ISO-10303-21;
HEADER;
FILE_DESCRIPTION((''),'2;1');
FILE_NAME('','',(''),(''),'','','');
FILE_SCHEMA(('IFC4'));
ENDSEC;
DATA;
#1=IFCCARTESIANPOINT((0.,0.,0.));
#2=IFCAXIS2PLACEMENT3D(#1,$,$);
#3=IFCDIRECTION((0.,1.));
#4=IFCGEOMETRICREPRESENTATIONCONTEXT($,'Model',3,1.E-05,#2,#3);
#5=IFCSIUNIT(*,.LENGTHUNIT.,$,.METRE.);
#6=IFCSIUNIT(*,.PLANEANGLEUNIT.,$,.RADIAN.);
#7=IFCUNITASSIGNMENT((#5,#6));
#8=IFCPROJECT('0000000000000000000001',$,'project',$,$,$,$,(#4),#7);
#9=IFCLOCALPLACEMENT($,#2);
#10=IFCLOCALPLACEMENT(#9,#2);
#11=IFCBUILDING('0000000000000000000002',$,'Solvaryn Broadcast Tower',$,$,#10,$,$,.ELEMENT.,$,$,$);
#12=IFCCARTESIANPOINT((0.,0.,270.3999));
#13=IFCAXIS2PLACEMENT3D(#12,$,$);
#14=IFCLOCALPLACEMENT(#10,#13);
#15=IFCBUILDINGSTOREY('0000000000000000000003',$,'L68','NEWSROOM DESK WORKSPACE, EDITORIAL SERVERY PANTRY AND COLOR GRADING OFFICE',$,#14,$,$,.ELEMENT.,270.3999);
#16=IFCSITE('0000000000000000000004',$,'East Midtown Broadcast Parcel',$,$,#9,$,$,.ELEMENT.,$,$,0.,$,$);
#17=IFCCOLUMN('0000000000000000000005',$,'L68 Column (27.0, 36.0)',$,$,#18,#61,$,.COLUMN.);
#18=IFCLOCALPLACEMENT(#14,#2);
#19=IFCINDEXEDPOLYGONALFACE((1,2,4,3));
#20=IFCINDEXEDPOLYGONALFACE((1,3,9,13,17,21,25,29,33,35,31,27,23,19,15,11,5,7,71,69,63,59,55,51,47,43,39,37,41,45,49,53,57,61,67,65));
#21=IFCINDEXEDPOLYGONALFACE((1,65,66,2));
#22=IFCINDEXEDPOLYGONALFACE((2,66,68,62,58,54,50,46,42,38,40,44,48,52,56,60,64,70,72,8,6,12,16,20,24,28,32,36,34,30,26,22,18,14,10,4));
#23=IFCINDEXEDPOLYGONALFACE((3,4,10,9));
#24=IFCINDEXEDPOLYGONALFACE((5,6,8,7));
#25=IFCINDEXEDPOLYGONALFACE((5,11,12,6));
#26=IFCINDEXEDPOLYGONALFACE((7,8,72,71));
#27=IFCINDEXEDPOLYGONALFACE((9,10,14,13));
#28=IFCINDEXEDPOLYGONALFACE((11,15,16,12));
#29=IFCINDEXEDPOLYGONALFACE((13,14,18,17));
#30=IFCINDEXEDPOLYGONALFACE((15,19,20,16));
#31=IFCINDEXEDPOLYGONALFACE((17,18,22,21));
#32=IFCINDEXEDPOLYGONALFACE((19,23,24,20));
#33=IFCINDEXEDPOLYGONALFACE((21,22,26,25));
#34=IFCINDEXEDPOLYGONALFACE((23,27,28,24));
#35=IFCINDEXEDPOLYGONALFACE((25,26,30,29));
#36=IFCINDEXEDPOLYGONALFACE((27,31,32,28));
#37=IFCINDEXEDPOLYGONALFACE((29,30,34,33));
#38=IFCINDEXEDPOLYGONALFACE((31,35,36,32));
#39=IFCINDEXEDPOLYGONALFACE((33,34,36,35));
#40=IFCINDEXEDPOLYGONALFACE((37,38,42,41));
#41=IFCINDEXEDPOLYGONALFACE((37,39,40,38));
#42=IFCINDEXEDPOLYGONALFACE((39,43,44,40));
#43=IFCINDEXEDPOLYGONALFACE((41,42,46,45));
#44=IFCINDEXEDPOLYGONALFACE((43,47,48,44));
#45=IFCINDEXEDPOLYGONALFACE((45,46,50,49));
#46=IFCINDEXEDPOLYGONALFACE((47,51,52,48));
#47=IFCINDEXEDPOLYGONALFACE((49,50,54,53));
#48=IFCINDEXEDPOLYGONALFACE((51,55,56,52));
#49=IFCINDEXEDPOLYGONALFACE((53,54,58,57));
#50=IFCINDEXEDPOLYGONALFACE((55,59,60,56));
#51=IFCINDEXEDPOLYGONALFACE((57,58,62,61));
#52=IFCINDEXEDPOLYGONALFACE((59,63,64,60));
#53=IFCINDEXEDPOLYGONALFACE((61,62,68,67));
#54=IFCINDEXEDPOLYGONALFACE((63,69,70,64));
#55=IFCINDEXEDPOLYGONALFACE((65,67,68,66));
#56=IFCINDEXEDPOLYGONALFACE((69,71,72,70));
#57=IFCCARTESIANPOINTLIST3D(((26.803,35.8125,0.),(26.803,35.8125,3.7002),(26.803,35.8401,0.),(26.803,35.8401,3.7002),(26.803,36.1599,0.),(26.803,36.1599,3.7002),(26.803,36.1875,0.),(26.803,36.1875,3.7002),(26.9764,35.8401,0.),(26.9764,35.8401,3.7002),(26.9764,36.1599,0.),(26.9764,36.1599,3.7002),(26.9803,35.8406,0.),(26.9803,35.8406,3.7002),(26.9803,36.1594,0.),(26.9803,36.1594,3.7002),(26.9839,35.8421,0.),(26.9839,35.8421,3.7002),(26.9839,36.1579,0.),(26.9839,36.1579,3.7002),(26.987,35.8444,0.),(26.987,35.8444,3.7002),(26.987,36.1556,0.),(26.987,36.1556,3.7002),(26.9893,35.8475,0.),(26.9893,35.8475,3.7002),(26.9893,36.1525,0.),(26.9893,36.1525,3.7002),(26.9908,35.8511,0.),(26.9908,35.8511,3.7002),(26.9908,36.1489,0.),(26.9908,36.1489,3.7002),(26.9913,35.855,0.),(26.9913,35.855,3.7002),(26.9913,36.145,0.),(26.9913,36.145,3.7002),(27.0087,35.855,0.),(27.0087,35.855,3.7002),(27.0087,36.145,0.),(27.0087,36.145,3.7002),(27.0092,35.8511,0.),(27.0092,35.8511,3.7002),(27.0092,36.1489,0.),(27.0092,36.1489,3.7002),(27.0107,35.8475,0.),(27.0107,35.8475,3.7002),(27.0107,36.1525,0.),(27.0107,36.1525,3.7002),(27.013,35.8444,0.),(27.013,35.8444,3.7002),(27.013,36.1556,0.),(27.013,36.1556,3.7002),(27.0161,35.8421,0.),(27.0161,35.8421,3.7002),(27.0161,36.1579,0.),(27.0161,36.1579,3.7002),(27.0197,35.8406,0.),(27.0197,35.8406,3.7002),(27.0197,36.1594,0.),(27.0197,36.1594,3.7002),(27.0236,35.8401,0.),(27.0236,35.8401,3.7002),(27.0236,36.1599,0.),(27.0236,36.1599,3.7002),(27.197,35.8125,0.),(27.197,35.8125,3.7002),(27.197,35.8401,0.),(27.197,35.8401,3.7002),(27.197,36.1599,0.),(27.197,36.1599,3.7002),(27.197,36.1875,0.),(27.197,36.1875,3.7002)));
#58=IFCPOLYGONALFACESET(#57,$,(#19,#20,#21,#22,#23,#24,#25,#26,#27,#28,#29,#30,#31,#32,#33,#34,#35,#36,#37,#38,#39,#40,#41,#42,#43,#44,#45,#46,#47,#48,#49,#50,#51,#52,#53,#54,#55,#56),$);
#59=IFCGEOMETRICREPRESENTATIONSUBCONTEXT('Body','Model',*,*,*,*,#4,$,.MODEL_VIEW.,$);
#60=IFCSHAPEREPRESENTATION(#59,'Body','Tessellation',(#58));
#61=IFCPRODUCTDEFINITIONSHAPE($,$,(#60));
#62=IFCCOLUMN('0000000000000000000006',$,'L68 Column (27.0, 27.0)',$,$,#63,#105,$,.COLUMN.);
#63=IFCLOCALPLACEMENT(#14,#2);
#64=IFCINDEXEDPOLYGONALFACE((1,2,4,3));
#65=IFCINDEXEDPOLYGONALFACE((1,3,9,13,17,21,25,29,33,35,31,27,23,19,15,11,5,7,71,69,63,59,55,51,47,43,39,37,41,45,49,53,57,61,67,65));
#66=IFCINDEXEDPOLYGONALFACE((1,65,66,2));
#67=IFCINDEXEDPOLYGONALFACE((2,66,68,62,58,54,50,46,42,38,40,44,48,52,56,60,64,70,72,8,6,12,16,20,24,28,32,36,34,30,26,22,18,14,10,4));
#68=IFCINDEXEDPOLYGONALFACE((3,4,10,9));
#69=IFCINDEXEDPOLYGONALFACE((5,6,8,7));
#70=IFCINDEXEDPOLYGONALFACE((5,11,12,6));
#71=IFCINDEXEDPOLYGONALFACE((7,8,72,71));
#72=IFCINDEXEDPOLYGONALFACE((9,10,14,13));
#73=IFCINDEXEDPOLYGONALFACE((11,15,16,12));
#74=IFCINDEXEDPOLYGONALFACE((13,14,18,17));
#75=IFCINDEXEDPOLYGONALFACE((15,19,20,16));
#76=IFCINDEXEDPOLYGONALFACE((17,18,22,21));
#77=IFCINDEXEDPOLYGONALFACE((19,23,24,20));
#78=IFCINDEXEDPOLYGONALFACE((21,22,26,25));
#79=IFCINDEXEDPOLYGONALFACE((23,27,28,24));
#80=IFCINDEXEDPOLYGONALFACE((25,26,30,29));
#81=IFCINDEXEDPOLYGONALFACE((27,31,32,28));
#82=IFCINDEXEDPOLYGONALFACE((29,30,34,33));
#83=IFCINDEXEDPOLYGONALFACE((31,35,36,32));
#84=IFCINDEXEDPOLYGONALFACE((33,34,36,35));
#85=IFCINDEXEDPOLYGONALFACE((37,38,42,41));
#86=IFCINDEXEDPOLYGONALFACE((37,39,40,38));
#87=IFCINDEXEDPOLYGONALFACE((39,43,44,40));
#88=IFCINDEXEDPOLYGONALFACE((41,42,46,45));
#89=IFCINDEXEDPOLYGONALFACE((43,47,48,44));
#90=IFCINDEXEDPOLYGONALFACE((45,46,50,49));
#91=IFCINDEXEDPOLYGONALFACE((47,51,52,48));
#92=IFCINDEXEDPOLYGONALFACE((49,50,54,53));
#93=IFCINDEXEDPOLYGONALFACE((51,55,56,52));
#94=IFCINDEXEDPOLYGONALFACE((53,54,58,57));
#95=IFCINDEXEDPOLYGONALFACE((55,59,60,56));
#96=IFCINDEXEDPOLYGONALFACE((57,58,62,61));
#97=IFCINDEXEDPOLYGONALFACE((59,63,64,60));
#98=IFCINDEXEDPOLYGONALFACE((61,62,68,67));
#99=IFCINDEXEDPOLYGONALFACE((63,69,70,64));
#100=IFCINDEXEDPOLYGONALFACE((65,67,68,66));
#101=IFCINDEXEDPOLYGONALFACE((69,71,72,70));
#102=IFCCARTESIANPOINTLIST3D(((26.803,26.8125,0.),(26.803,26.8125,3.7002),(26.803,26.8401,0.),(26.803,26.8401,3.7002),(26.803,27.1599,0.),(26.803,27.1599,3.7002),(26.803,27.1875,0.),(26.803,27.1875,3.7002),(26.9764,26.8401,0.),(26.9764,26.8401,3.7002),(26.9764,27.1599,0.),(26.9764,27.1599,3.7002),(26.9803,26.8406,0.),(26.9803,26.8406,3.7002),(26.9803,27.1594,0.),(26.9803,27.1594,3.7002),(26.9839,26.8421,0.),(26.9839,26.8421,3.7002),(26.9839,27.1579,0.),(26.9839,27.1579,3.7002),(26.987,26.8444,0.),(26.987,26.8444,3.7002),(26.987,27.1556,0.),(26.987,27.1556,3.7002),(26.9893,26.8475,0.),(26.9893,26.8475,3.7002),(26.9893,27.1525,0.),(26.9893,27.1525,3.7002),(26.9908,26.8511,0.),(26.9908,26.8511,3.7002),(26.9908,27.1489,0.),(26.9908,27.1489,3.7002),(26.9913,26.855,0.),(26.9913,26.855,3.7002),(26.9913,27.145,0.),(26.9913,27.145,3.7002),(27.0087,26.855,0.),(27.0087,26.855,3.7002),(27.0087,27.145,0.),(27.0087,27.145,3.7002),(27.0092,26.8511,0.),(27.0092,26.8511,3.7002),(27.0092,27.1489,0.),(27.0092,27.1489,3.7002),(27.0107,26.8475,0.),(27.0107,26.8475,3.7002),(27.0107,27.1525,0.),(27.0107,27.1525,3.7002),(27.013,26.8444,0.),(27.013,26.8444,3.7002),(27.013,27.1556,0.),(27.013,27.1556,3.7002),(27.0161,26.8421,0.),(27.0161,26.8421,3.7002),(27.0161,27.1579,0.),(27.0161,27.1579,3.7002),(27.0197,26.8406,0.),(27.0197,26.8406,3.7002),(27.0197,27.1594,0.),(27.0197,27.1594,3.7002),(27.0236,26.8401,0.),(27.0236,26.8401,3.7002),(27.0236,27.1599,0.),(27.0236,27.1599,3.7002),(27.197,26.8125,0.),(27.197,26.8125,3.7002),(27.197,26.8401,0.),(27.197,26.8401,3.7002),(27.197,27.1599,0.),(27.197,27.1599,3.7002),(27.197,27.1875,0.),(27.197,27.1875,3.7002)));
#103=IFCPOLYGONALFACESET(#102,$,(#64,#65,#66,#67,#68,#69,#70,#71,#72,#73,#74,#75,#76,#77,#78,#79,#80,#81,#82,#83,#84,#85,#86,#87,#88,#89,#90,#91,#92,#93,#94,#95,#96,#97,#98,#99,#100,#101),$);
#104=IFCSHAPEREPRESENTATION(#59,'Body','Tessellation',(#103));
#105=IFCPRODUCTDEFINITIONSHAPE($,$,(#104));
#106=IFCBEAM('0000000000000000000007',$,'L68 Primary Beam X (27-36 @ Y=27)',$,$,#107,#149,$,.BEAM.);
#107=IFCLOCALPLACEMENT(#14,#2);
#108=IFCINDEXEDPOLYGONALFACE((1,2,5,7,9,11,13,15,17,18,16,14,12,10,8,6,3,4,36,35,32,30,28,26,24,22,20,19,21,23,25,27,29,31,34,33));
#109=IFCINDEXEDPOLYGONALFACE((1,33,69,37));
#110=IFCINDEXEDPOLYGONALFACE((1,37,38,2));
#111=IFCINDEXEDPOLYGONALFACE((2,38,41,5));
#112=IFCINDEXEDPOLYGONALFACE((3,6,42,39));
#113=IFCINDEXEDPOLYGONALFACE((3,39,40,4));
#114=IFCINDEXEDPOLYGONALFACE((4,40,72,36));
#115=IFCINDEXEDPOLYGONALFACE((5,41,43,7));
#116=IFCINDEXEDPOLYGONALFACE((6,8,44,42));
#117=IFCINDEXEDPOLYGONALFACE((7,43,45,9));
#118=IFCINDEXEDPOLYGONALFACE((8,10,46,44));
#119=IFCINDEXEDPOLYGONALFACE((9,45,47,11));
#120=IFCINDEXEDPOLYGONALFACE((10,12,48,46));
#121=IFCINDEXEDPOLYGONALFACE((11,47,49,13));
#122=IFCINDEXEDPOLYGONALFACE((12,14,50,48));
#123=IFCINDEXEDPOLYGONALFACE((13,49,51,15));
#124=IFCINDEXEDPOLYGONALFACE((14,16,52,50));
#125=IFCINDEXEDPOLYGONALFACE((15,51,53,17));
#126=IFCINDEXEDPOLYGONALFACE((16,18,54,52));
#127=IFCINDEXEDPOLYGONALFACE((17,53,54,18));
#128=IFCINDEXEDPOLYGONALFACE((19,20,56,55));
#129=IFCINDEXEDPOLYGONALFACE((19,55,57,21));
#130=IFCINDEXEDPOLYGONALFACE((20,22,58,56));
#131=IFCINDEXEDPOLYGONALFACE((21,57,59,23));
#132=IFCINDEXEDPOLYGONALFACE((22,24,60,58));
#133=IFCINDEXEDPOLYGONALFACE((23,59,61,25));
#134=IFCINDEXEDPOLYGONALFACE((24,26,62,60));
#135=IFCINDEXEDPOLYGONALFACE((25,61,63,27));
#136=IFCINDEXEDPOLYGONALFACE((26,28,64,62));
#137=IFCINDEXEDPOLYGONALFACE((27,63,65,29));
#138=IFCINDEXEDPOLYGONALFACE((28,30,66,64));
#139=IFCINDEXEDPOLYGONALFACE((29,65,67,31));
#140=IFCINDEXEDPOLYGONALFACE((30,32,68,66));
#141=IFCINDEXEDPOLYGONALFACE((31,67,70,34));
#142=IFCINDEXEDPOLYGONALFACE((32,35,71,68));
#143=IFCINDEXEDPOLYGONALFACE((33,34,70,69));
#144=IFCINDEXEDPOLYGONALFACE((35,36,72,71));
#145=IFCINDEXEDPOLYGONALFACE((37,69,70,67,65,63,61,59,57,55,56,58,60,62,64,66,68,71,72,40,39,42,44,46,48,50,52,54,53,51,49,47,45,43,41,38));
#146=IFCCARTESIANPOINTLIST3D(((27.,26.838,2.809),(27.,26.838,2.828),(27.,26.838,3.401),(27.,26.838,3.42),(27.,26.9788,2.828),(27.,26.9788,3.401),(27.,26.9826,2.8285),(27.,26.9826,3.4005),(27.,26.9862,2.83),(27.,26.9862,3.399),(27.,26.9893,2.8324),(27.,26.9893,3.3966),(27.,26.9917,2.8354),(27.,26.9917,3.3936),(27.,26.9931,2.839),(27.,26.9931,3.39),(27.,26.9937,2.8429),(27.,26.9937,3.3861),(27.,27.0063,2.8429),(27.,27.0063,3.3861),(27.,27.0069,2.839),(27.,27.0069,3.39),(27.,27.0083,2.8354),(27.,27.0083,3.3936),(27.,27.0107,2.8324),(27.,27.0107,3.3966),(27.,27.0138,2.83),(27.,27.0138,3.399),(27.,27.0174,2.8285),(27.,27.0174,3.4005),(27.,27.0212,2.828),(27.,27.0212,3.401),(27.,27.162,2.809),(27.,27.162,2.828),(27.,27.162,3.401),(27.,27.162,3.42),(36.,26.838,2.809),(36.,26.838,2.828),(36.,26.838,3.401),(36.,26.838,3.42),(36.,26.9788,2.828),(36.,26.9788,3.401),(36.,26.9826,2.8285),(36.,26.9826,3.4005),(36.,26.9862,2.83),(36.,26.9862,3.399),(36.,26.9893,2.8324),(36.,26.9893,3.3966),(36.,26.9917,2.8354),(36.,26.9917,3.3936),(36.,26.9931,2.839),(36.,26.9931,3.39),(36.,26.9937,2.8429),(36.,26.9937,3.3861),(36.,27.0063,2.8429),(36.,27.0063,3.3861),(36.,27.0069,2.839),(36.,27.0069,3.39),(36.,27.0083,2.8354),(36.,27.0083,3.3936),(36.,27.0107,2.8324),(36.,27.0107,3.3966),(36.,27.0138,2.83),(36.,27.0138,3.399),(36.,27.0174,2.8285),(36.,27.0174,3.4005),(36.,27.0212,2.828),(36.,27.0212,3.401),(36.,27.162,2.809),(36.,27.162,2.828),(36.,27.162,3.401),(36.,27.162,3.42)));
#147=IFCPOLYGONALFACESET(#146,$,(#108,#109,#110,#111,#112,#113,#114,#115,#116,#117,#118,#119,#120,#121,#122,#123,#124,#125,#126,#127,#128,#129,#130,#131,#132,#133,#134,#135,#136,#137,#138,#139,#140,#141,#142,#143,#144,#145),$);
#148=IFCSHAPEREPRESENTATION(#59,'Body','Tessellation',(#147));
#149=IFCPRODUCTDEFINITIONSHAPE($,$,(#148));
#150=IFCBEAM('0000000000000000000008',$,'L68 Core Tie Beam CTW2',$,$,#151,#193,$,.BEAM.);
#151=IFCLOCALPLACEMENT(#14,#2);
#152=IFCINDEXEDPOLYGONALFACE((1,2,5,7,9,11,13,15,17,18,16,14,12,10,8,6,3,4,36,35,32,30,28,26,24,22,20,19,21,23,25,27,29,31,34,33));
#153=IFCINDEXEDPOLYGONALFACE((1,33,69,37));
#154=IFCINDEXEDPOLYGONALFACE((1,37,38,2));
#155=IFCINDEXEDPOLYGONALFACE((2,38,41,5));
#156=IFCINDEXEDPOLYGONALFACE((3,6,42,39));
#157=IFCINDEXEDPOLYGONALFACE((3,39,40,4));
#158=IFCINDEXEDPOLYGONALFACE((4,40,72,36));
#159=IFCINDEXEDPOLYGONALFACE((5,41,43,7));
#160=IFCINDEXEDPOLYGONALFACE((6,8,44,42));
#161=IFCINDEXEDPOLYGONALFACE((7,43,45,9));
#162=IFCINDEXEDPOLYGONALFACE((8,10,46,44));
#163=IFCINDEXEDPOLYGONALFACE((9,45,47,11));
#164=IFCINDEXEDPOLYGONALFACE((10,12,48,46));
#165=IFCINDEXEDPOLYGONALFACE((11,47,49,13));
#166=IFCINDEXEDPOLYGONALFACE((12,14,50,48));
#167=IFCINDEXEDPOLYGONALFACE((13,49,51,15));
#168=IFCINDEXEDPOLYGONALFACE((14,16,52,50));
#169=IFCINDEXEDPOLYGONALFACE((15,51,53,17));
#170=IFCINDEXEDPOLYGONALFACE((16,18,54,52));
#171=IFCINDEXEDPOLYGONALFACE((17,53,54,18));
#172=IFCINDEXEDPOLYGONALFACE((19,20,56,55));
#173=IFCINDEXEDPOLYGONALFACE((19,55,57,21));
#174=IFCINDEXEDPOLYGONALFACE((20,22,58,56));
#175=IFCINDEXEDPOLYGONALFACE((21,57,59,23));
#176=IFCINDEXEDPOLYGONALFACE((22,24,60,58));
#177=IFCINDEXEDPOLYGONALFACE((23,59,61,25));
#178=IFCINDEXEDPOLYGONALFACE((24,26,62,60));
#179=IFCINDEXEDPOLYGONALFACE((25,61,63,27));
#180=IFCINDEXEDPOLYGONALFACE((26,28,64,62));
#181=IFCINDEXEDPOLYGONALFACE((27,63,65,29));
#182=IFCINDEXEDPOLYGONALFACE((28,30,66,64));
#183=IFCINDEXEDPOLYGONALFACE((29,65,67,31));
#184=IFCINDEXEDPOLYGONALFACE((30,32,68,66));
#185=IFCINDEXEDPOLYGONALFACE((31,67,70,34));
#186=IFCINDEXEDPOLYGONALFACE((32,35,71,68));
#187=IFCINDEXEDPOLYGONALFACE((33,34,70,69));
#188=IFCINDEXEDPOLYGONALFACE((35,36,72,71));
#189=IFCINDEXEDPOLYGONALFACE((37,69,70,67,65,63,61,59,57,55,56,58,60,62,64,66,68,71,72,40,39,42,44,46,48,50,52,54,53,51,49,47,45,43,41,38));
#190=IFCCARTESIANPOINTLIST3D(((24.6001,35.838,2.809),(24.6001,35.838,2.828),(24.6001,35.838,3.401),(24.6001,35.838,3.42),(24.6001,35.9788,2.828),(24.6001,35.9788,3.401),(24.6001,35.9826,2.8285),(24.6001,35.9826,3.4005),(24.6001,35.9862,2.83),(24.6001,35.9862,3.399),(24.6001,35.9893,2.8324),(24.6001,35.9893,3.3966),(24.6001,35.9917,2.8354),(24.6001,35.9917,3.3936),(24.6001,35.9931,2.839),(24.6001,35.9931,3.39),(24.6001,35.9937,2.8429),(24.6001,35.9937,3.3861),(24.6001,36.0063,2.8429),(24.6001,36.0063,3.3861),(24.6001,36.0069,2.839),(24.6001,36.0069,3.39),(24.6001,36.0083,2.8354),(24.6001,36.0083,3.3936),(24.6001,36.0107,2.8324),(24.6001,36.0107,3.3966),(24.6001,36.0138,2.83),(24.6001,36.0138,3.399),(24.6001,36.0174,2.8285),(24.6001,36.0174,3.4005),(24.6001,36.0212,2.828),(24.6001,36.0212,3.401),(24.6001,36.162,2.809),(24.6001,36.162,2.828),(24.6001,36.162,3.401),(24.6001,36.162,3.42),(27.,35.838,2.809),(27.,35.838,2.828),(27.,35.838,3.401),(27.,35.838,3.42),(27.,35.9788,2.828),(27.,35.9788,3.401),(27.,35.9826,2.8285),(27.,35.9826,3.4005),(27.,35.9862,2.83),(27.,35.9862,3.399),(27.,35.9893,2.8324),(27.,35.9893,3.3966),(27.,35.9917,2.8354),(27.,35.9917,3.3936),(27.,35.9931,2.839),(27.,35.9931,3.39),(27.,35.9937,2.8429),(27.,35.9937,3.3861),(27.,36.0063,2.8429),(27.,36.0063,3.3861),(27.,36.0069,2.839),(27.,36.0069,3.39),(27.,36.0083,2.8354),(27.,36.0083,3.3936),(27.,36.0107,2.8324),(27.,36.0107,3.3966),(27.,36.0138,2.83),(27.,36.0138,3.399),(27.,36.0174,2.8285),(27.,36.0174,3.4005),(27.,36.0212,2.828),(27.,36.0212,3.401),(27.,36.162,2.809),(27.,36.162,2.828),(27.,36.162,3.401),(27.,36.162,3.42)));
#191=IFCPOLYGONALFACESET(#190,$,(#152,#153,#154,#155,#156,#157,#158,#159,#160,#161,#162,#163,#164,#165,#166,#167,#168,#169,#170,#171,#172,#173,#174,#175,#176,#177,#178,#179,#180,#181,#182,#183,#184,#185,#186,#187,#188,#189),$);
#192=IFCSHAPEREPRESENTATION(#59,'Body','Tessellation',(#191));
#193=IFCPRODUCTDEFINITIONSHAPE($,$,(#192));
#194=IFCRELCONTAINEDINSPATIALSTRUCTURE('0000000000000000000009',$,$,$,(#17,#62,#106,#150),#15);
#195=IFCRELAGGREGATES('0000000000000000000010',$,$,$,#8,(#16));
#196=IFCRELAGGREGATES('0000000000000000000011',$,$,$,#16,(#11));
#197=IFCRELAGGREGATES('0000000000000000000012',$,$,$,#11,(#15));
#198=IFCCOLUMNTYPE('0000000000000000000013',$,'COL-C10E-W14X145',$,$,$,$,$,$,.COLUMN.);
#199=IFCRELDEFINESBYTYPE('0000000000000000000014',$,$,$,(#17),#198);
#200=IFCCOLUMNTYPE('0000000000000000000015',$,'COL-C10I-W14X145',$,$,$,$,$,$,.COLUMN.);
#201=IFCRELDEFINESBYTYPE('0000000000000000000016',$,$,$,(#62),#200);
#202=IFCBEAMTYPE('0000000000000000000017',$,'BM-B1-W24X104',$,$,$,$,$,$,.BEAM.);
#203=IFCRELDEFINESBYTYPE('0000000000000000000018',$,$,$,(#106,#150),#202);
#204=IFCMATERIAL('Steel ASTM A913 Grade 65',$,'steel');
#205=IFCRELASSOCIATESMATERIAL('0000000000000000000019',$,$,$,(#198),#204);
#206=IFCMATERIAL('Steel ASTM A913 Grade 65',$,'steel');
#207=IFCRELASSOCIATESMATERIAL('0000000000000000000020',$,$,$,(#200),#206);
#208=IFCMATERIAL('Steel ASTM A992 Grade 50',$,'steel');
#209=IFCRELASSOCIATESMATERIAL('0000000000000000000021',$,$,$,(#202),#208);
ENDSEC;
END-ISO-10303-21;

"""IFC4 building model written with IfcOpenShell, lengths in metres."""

from ifc_helpers import new_model, si_unit, direction, frame, origin, origin_2d, place, context, subcontext, project, spatial, i_section, extrude, material, material_profile, profile_set, type_object, element, save


model = new_model("IFC4")

# Units and contexts
model_context = context("Model", 3, precision=1e-05, world=origin(), true_north=direction((0.0, 1.0)))
body_context = subcontext(model_context, "Body", "Model", "MODEL_VIEW")
ifc_project = project(units=[si_unit("LENGTHUNIT", "METRE"), si_unit("PLANEANGLEUNIT", "RADIAN")], contexts=[model_context])

# Site, building, storey
site_placement = place(None, origin())
site = spatial("IfcSite", under=ifc_project, at=site_placement, Name="East Midtown Broadcast Parcel", CompositionType="ELEMENT", RefElevation=0.0)
building_placement = place(site_placement, origin())
building = spatial("IfcBuilding", under=site, at=building_placement, Name="Solvaryn Broadcast Tower", CompositionType="ELEMENT")
storey_placement = place(building_placement, frame((0.0, 0.0, 270.3999)))
storey = spatial("IfcBuildingStorey", under=building, at=storey_placement, Name="L68", Description="NEWSROOM DESK WORKSPACE, EDITORIAL SERVERY PANTRY AND COLOR GRADING OFFICE", CompositionType="ELEMENT", Elevation=270.3999)

# Columns
ifc_material_1 = material(Name="Steel ASTM A913 Grade 65", Category="steel")
ifc_material_profile_1 = material_profile(ifc_material_1, i_section(OverallWidth=0.394, OverallDepth=0.375, WebThickness=0.0173, FlangeThickness=0.0276, FilletRadius=0.0149, at=origin_2d()))
ifc_profile_set_1 = profile_set([ifc_material_profile_1], Name="Steel ASTM A913 Grade 65")
column_type_1 = type_object("IfcColumnType", Name="COL-C10E-W14X145", PredefinedType="COLUMN", material=ifc_profile_set_1)
column_1_placement = place(storey_placement, frame((27.0, 36.0, 0.0), z_axis=(0.0, 0.0, 1.0), x_axis=(1.0, 0.0, 0.0)))
element("IfcColumn", 1, at=column_1_placement, inside=storey, type_object=column_type_1, Name="L68 Column (27.0, 36.0)", PredefinedType="COLUMN", context=body_context, shape_type="SweptSolid", body=[
    extrude(i_section(OverallWidth=0.394, OverallDepth=0.375, WebThickness=0.0173, FlangeThickness=0.0276, FilletRadius=0.0149, at=origin_2d()), origin(), (0.0, 0.0, 1.0), 3.7002),
])
ifc_material_2 = material(Name="Steel ASTM A913 Grade 65", Category="steel")
ifc_material_profile_2 = material_profile(ifc_material_2, i_section(OverallWidth=0.394, OverallDepth=0.375, WebThickness=0.0173, FlangeThickness=0.0276, FilletRadius=0.0149, at=origin_2d()))
ifc_profile_set_2 = profile_set([ifc_material_profile_2], Name="Steel ASTM A913 Grade 65")
column_type_2 = type_object("IfcColumnType", Name="COL-C10I-W14X145", PredefinedType="COLUMN", material=ifc_profile_set_2)
column_2_placement = place(storey_placement, frame((27.0, 27.0, 0.0), z_axis=(0.0, 0.0, 1.0), x_axis=(1.0, 0.0, 0.0)))
element("IfcColumn", 2, at=column_2_placement, inside=storey, type_object=column_type_2, Name="L68 Column (27.0, 27.0)", PredefinedType="COLUMN", context=body_context, shape_type="SweptSolid", body=[
    extrude(i_section(OverallWidth=0.394, OverallDepth=0.375, WebThickness=0.0173, FlangeThickness=0.0276, FilletRadius=0.0149, at=origin_2d()), origin(), (0.0, 0.0, 1.0), 3.7002),
])

# Beams
ifc_material_3 = material(Name="Steel ASTM A992 Grade 50", Category="steel")
ifc_material_profile_3 = material_profile(ifc_material_3, i_section(OverallWidth=0.324, OverallDepth=0.6111, WebThickness=0.0127, FlangeThickness=0.019, FilletRadius=0.0149, at=origin_2d()))
ifc_profile_set_3 = profile_set([ifc_material_profile_3], Name="Steel ASTM A992 Grade 50")
beam_type_1 = type_object("IfcBeamType", Name="BM-B1-W24X104", PredefinedType="BEAM", material=ifc_profile_set_3)
beam_1_placement = place(storey_placement, frame((27.0, 27.0, 3.1145), z_axis=(1.0, 0.0, 0.0), x_axis=(0.0, 1.0, 0.0)))
element("IfcBeam", 3, at=beam_1_placement, inside=storey, type_object=beam_type_1, Name="L68 Primary Beam X (27-36 @ Y=27)", PredefinedType="BEAM", context=body_context, shape_type="SweptSolid", body=[
    extrude(i_section(OverallWidth=0.324, OverallDepth=0.6111, WebThickness=0.0127, FlangeThickness=0.019, FilletRadius=0.0149, at=origin_2d()), origin(), (0.0, 0.0, 1.0), 9.0),
])
beam_2_placement = place(storey_placement, frame((24.6001, 36.0, 3.1145), z_axis=(1.0, 0.0, 0.0), x_axis=(0.0, 1.0, 0.0)))
element("IfcBeam", 4, at=beam_2_placement, inside=storey, type_object=beam_type_1, Name="L68 Core Tie Beam CTW2", PredefinedType="BEAM", context=body_context, shape_type="SweptSolid", body=[
    extrude(i_section(OverallWidth=0.324, OverallDepth=0.6111, WebThickness=0.0127, FlangeThickness=0.019, FilletRadius=0.0149, at=origin_2d()), origin(), (0.0, 0.0, 1.0), 2.3999),
])

save(model, "model.ifc")
